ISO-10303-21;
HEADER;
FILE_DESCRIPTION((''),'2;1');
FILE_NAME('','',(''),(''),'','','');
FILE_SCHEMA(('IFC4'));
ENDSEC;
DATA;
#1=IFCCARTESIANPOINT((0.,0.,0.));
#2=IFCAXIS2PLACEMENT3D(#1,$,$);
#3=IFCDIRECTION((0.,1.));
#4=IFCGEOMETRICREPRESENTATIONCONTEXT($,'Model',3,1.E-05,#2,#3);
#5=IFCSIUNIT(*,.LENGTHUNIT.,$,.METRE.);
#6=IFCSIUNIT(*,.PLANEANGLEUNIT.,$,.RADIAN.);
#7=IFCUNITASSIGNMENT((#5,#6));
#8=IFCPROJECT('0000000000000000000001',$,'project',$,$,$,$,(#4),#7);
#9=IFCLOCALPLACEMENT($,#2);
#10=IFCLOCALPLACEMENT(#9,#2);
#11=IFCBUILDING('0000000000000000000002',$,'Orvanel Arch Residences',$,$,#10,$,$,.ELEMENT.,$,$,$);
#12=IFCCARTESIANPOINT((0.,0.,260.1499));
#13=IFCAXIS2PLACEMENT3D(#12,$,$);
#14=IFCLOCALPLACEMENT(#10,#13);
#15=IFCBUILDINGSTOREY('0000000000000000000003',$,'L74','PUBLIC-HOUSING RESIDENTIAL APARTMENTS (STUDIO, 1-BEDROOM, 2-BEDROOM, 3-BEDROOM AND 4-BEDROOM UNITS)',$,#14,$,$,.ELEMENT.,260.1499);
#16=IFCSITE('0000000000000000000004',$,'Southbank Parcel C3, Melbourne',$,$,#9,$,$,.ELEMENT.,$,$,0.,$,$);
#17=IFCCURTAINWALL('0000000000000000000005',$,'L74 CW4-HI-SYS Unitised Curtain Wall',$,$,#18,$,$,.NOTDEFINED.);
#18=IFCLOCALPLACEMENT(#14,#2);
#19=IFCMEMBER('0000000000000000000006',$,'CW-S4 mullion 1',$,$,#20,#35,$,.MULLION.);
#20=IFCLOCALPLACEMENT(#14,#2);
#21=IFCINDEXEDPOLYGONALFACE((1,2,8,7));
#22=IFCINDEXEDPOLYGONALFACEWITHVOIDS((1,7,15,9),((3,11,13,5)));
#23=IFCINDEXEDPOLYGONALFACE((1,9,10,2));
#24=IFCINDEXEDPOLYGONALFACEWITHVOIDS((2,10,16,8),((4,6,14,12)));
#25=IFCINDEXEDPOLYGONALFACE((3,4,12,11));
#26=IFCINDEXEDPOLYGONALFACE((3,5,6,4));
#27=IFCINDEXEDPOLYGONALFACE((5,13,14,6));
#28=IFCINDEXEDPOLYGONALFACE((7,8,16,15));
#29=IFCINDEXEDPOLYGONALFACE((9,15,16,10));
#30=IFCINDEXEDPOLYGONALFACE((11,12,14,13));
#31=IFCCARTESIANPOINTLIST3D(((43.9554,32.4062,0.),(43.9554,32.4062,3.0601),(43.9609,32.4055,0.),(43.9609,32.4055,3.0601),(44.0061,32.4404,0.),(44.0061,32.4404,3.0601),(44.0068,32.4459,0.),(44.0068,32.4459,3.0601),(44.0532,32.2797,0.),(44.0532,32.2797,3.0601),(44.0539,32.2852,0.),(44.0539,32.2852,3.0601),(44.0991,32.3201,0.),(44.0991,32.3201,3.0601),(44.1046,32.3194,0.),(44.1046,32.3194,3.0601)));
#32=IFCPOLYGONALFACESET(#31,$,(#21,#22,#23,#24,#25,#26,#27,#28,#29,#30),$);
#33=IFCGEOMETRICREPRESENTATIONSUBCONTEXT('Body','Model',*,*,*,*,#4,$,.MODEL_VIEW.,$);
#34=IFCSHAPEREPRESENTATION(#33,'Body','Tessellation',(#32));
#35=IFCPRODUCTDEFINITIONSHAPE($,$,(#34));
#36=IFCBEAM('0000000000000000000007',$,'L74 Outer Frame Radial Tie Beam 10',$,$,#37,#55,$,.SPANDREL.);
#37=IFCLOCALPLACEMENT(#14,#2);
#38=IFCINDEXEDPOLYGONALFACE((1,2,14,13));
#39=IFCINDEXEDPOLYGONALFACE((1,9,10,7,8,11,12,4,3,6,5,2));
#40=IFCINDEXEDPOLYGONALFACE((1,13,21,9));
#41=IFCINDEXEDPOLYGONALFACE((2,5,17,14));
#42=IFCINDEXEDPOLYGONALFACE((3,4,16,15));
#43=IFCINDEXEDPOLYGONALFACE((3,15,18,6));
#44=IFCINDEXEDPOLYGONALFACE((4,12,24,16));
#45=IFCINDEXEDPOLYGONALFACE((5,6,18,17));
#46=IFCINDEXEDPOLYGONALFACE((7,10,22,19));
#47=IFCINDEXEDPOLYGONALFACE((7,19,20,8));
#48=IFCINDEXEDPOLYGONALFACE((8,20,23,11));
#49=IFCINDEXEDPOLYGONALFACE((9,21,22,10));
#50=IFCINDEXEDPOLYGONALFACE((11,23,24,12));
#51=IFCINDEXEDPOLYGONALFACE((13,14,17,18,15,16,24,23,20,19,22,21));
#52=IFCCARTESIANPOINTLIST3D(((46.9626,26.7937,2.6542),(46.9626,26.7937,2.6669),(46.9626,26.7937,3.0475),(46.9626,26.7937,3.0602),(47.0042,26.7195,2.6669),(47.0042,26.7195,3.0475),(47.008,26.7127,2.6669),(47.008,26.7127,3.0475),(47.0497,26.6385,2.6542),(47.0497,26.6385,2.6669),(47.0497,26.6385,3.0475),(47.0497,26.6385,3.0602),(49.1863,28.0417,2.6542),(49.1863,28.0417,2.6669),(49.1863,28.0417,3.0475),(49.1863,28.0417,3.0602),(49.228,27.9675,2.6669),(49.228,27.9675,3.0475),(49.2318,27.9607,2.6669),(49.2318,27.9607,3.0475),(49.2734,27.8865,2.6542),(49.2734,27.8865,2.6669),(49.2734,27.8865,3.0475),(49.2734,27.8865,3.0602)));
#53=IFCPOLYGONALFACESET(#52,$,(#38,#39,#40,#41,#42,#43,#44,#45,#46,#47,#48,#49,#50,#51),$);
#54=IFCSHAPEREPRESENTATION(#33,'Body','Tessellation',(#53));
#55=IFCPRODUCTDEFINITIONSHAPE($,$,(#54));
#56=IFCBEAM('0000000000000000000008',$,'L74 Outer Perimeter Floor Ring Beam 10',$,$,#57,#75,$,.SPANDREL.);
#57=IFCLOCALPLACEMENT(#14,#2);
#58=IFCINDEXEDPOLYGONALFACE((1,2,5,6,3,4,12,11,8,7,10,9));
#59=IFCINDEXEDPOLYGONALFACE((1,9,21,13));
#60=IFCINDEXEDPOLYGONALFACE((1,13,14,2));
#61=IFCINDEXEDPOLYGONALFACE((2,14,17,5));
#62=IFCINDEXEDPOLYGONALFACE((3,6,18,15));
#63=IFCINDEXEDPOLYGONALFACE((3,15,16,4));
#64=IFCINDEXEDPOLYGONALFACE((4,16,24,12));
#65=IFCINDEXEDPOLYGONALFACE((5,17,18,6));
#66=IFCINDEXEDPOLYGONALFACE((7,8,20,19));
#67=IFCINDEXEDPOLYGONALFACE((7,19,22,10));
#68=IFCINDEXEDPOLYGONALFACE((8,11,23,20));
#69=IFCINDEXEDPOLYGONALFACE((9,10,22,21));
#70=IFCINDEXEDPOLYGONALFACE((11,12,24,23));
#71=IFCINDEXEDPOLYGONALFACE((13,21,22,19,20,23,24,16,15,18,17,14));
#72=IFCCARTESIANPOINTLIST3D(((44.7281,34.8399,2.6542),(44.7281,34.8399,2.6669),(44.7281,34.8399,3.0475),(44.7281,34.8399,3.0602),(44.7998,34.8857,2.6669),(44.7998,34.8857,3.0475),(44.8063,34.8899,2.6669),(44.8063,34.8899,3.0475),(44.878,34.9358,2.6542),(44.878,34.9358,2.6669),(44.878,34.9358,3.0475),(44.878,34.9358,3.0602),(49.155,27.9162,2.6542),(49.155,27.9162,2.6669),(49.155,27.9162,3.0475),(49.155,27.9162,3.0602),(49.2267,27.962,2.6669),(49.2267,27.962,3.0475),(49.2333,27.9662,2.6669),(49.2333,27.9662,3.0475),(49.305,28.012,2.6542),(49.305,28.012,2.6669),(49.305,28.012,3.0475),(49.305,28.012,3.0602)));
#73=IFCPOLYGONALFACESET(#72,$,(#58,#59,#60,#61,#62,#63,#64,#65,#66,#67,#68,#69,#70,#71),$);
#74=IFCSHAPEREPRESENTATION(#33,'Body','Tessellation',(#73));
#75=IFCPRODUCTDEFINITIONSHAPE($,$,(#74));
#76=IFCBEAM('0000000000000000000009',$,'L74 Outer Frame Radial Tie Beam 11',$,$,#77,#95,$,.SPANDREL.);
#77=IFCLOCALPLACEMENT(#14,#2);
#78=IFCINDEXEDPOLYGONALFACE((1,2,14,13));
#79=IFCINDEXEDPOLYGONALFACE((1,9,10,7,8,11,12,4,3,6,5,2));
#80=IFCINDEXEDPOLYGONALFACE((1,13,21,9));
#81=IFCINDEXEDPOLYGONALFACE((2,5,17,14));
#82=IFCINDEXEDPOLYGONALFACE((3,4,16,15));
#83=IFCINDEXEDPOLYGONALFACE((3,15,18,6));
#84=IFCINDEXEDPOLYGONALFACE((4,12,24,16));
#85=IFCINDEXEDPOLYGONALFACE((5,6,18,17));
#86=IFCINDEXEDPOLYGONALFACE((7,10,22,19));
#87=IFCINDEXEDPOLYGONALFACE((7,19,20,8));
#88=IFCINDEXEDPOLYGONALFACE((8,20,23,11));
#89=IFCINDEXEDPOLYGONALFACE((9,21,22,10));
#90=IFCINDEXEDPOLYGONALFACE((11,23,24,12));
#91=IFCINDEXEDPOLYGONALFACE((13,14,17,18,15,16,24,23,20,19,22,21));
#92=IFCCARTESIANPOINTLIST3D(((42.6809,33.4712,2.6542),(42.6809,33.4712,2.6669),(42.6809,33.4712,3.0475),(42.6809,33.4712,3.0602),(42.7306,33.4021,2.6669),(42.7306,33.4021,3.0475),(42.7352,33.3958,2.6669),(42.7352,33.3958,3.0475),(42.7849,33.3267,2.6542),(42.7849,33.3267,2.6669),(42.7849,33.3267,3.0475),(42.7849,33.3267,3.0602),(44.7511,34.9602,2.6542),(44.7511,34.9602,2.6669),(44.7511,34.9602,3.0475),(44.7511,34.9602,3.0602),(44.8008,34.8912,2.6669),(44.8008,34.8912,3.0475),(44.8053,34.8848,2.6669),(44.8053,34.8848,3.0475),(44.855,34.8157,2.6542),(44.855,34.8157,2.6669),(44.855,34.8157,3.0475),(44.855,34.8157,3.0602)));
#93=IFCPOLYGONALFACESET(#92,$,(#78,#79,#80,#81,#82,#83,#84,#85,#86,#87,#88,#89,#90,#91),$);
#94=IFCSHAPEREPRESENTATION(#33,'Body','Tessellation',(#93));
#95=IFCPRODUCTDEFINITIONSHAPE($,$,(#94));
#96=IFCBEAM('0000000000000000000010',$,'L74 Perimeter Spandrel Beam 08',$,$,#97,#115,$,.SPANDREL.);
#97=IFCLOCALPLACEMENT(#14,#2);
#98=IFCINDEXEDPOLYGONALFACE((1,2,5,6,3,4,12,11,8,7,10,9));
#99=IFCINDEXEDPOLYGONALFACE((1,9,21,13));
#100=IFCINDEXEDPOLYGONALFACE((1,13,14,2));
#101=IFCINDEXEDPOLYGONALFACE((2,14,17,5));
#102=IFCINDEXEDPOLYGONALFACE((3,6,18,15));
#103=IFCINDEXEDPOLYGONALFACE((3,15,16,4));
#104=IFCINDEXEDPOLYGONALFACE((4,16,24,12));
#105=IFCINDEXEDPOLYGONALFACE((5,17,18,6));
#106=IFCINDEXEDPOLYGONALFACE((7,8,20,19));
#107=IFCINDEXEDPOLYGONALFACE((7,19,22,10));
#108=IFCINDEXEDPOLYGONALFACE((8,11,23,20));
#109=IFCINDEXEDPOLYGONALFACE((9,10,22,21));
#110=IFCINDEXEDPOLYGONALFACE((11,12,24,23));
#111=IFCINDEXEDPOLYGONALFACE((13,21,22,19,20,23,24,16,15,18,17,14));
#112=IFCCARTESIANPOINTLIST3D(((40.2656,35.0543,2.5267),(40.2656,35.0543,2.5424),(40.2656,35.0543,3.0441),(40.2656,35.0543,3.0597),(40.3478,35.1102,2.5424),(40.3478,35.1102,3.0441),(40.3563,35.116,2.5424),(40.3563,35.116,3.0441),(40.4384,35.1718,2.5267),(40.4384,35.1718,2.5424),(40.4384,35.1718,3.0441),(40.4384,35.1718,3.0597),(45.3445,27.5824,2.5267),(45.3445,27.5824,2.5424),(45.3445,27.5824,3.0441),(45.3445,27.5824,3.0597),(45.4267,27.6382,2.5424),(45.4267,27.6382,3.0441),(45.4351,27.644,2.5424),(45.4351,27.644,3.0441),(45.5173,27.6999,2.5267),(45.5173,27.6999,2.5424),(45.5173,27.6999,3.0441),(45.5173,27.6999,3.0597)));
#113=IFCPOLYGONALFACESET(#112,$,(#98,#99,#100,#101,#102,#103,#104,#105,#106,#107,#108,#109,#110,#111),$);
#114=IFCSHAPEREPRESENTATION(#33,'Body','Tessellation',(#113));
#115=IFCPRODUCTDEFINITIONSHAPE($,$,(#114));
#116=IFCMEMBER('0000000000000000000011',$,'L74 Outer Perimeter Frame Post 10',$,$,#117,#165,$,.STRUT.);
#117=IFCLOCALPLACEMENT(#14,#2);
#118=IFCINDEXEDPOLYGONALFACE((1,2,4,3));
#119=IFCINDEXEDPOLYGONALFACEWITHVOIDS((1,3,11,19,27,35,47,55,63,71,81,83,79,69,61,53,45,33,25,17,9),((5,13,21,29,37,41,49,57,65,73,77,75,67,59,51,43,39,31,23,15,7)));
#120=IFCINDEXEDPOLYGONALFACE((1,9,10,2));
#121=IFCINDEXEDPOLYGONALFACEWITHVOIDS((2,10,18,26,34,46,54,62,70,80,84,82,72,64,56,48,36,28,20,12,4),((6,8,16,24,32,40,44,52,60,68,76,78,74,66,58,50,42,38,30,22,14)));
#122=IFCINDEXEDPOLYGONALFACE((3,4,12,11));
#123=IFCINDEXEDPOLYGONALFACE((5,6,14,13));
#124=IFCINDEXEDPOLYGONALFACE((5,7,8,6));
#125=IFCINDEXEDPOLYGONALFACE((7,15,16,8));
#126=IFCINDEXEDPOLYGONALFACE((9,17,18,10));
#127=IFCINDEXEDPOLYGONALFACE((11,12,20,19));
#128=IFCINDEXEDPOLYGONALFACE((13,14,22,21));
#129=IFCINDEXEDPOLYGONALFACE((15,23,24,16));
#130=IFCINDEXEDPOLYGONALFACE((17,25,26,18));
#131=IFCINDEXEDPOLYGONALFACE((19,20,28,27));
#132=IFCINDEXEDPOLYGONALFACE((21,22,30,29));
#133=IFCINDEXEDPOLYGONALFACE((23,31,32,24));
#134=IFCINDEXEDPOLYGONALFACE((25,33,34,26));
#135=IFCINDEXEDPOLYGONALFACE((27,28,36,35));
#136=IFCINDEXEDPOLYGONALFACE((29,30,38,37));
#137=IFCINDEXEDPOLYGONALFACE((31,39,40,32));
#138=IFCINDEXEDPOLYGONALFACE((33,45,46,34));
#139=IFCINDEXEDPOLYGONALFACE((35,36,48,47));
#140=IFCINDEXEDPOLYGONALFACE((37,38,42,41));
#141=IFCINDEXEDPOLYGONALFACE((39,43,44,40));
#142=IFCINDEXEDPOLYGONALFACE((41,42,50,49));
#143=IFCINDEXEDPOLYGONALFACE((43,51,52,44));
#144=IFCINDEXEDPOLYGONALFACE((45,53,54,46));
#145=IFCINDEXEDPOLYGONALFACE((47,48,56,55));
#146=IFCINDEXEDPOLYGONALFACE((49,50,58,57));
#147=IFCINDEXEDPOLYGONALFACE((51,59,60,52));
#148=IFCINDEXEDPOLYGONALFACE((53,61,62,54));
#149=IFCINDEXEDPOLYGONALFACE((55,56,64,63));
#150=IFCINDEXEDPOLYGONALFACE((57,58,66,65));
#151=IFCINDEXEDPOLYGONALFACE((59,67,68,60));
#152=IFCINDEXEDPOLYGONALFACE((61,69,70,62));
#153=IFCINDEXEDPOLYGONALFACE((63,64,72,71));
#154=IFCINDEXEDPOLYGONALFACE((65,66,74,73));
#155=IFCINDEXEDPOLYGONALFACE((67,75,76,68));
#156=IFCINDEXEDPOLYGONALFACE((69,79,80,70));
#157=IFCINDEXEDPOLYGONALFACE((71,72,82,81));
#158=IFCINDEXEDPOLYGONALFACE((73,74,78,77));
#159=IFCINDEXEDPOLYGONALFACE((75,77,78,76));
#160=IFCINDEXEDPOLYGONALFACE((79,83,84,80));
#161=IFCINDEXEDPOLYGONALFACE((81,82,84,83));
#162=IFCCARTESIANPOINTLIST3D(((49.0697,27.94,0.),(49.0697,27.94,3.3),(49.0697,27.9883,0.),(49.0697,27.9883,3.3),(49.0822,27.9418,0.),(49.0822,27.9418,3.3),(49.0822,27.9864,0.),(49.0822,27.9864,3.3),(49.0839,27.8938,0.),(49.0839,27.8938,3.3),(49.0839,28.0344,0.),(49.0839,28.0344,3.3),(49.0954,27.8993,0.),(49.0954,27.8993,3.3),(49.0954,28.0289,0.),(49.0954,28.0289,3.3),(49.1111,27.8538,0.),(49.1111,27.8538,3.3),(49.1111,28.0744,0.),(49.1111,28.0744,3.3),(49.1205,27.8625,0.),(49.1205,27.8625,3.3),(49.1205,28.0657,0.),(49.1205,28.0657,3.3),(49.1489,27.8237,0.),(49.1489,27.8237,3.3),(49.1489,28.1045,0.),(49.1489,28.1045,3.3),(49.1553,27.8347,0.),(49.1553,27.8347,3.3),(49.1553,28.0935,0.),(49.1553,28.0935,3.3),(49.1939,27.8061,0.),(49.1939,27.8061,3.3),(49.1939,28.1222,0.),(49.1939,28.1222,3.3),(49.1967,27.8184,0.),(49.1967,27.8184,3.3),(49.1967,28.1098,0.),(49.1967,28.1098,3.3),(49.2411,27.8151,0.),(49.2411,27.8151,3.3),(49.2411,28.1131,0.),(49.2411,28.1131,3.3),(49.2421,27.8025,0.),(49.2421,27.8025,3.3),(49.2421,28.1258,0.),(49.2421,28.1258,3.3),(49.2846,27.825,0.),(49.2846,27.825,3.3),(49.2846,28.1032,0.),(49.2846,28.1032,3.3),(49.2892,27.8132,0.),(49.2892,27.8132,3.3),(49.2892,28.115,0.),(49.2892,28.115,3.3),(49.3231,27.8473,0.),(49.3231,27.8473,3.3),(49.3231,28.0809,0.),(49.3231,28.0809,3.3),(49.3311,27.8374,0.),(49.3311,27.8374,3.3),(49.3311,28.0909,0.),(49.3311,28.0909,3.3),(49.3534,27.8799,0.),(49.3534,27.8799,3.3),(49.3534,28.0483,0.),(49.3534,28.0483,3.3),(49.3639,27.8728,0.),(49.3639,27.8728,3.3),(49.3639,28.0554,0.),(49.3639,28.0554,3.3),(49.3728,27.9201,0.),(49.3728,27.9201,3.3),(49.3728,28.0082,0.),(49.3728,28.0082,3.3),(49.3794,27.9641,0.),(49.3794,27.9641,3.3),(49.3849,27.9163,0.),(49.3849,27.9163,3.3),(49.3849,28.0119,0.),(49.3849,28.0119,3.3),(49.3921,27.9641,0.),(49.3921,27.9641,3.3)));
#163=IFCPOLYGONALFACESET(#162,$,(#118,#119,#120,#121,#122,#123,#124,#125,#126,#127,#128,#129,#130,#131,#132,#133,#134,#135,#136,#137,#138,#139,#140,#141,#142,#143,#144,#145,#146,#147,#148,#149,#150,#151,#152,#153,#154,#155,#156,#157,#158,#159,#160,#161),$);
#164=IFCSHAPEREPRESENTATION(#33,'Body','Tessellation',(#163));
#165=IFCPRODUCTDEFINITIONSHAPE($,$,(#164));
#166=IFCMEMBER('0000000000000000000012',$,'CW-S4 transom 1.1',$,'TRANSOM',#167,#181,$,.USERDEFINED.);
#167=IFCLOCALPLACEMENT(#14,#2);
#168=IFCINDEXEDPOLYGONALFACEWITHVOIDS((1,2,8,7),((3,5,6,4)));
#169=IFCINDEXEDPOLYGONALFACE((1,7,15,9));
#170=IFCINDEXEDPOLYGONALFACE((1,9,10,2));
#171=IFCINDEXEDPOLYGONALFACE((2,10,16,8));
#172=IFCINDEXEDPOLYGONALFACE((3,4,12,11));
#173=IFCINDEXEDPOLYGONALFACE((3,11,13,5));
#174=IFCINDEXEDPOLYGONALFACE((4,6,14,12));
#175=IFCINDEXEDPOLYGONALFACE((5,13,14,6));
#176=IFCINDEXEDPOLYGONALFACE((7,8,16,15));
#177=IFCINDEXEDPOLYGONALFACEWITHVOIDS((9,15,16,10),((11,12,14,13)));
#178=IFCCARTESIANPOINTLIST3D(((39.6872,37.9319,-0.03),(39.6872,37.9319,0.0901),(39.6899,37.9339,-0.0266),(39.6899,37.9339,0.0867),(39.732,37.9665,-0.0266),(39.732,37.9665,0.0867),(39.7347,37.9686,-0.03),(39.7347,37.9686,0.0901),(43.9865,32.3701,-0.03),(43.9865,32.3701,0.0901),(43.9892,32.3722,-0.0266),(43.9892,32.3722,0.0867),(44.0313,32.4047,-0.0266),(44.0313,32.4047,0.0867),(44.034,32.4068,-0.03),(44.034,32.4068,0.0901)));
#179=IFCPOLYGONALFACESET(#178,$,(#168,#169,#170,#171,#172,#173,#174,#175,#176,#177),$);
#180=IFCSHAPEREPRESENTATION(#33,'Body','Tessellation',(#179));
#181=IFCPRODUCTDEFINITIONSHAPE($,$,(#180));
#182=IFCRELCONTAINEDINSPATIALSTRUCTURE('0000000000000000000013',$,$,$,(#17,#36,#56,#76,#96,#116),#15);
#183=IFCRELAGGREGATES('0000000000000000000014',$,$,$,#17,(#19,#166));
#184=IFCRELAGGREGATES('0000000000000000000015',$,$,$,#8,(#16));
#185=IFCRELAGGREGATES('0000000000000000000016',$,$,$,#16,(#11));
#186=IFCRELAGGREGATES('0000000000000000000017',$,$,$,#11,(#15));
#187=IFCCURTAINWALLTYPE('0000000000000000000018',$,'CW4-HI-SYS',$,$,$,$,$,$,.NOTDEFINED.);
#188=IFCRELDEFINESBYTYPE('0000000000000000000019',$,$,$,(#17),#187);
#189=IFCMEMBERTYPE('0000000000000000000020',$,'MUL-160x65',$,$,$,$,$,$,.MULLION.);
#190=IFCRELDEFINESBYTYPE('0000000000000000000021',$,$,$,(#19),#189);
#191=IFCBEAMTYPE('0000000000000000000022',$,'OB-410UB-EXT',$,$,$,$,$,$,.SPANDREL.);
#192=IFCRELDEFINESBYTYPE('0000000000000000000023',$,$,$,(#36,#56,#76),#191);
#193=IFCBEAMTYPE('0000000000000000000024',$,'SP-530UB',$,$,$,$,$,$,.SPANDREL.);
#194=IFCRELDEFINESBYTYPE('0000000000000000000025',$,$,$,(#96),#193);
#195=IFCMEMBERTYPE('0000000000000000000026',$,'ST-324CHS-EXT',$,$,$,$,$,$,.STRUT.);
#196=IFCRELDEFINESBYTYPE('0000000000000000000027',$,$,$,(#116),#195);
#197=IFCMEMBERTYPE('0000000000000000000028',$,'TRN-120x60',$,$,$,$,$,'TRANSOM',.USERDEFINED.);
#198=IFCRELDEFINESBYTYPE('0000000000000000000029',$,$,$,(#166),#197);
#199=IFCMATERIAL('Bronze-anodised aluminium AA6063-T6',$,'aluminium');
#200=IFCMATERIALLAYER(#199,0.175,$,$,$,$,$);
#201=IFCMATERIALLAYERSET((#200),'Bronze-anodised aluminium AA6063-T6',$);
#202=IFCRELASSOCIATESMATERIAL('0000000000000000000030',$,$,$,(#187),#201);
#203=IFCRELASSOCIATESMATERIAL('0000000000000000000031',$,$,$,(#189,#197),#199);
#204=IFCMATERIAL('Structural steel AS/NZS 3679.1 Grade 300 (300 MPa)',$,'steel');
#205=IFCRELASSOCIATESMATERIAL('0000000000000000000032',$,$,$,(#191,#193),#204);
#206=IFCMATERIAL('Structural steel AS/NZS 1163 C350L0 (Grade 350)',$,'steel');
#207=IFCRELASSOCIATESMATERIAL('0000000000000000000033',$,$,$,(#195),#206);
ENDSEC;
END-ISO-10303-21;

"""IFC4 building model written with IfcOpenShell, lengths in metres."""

from ifc_helpers import new_model, si_unit, direction, frame, origin, origin_2d, place, context, subcontext, project, spatial, hollow_rectangle, hollow_circle, i_section, extrude, material, layer, layer_set, material_profile, profile_set, type_object, element, aggregate, save


model = new_model("IFC4")

# Units and contexts
model_context = context("Model", 3, precision=1e-05, world=origin(), true_north=direction((0.0, 1.0)))
body_context = subcontext(model_context, "Body", "Model", "MODEL_VIEW")
ifc_project = project(units=[si_unit("LENGTHUNIT", "METRE"), si_unit("PLANEANGLEUNIT", "RADIAN")], contexts=[model_context])

# Site, building, storey
site_placement = place(None, origin())
site = spatial("IfcSite", under=ifc_project, at=site_placement, Name="Southbank Parcel C3, Melbourne", CompositionType="ELEMENT", RefElevation=0.0)
building_placement = place(site_placement, origin())
building = spatial("IfcBuilding", under=site, at=building_placement, Name="Orvanel Arch Residences", CompositionType="ELEMENT")
storey_placement = place(building_placement, frame((0.0, 0.0, 260.1499)))
storey = spatial("IfcBuildingStorey", under=building, at=storey_placement, Name="L74", Description="PUBLIC-HOUSING RESIDENTIAL APARTMENTS (STUDIO, 1-BEDROOM, 2-BEDROOM, 3-BEDROOM AND 4-BEDROOM UNITS)", CompositionType="ELEMENT", Elevation=260.1499)

# Shared definitions
ifc_material_1 = material(Name="Structural steel AS/NZS 1163 C350L0 (Grade 350)", Category="steel")

# Shared definitions
ifc_material_2 = material(Name="Structural steel AS/NZS 3679.1 Grade 300 (300 MPa)", Category="steel")

# Curtain wall, member
ifc_material_3 = material(Name="Bronze-anodised aluminium AA6063-T6", Category="aluminium")
ifc_layer_1 = layer(ifc_material_3, 0.175)
ifc_layer_set_1 = layer_set([ifc_layer_1], Name="Bronze-anodised aluminium AA6063-T6")
curtain_wall_type = type_object("IfcCurtainWallType", Name="CW4-HI-SYS", PredefinedType="NOTDEFINED", material=ifc_layer_set_1)
curtain_wall_placement = place(storey_placement, origin())
curtain_wall = element("IfcCurtainWall", 1, at=curtain_wall_placement, inside=storey, type_object=curtain_wall_type, Name="L74 CW4-HI-SYS Unitised Curtain Wall", PredefinedType="NOTDEFINED")
ifc_material_profile_1 = material_profile(ifc_material_3, hollow_rectangle(XDim=0.0649, YDim=0.1599, WallThickness=0.0039, at=origin_2d()), Name="ALU160x65x4")
ifc_profile_set_1 = profile_set([ifc_material_profile_1], Name="Bronze-anodised aluminium AA6063-T6")
member_type_1 = type_object("IfcMemberType", Name="MUL-160x65", PredefinedType="MULLION", material=ifc_profile_set_1)
member_1_placement = place(storey_placement, frame((44.03, 32.3628, 0.0), z_axis=(0.0, 0.0, 1.0), x_axis=(-0.791177, -0.611587, 0.0)))
member_1 = element("IfcMember", 2, at=member_1_placement, type_object=member_type_1, Name="CW-S4 mullion 1", PredefinedType="MULLION", context=body_context, shape_type="SweptSolid", body=[
    extrude(hollow_rectangle(XDim=0.0649, YDim=0.1599, WallThickness=0.0039, at=origin_2d()), origin(), (0.0, 0.0, 1.0), 3.0601),
])

# Beams
ifc_material_profile_2 = material_profile(ifc_material_2, i_section(OverallWidth=0.178, OverallDepth=0.406, WebThickness=0.0078, FlangeThickness=0.0127, at=origin_2d()), Name="410UB59.7")
ifc_profile_set_2 = profile_set([ifc_material_profile_2], Name="Structural steel AS/NZS 3679.1 Grade 300 (300 MPa)")
beam_type_1 = type_object("IfcBeamType", Name="OB-410UB-EXT", PredefinedType="SPANDREL", material=ifc_profile_set_2)
beam_1_placement = place(storey_placement, frame((47.0061, 26.7161, 2.8572), z_axis=(0.872058, 0.489402, 0.0), x_axis=(-0.489402, 0.872058, 0.0)))
element("IfcBeam", 3, at=beam_1_placement, inside=storey, type_object=beam_type_1, Name="L74 Outer Frame Radial Tie Beam 10", PredefinedType="SPANDREL", context=body_context, shape_type="SweptSolid", body=[
    extrude(i_section(OverallWidth=0.178, OverallDepth=0.406, WebThickness=0.0078, FlangeThickness=0.0127, at=origin_2d()), origin(), (0.0, 0.0, 1.0), 2.55),
])
beam_2_placement = place(storey_placement, frame((49.23, 27.9641, 2.8572), z_axis=(-0.538687, 0.842506, 0.0), x_axis=(-0.842506, -0.538687, 0.0)))
element("IfcBeam", 4, at=beam_2_placement, inside=storey, type_object=beam_type_1, Name="L74 Outer Perimeter Floor Ring Beam 10", PredefinedType="SPANDREL", context=body_context, shape_type="SweptSolid", body=[
    extrude(i_section(OverallWidth=0.178, OverallDepth=0.406, WebThickness=0.0078, FlangeThickness=0.0127, at=origin_2d()), origin(), (0.0, 0.0, 1.0), 8.218),
])
beam_3_placement = place(storey_placement, frame((42.7329, 33.3989, 2.8572), z_axis=(0.811801, 0.583934, 0.0), x_axis=(-0.583934, 0.811801, 0.0)))
element("IfcBeam", 5, at=beam_3_placement, inside=storey, type_object=beam_type_1, Name="L74 Outer Frame Radial Tie Beam 11", PredefinedType="SPANDREL", context=body_context, shape_type="SweptSolid", body=[
    extrude(i_section(OverallWidth=0.178, OverallDepth=0.406, WebThickness=0.0078, FlangeThickness=0.0127, at=origin_2d()), origin(), (0.0, 0.0, 1.0), 2.55),
])
ifc_material_profile_3 = material_profile(ifc_material_2, i_section(OverallWidth=0.209, OverallDepth=0.533, WebThickness=0.0103, FlangeThickness=0.0156, at=origin_2d()), Name="530UB92.4")
ifc_profile_set_3 = profile_set([ifc_material_profile_3], Name="Structural steel AS/NZS 3679.1 Grade 300 (300 MPa)")
beam_type_2 = type_object("IfcBeamType", Name="SP-530UB", PredefinedType="SPANDREL", material=ifc_profile_set_3)
beam_4_placement = place(storey_placement, frame((45.4309, 27.6411, 2.7932), z_axis=(-0.562155, 0.827032, 0.0), x_axis=(-0.827032, -0.562155, 0.0)))
element("IfcBeam", 6, at=beam_4_placement, inside=storey, type_object=beam_type_2, Name="L74 Perimeter Spandrel Beam 08", PredefinedType="SPANDREL", context=body_context, shape_type="SweptSolid", body=[
    extrude(i_section(OverallWidth=0.209, OverallDepth=0.533, WebThickness=0.0103, FlangeThickness=0.0156, at=origin_2d()), origin(), (0.0, 0.0, 1.0), 9.0347),
])

# Members
ifc_material_profile_4 = material_profile(ifc_material_1, hollow_circle(Radius=0.1621, WallThickness=0.0127, at=origin_2d()), Name="CHS324x12.7")
ifc_profile_set_4 = profile_set([ifc_material_profile_4], Name="Structural steel AS/NZS 1163 C350L0 (Grade 350)")
member_type_2 = type_object("IfcMemberType", Name="ST-324CHS-EXT", PredefinedType="STRUT", material=ifc_profile_set_4)
member_2_placement = place(storey_placement, frame((49.23, 27.9641, 0.0), z_axis=(0.0, 0.0, 1.0), x_axis=(1.0, 0.0, 0.0)))
element("IfcMember", 7, at=member_2_placement, inside=storey, type_object=member_type_2, Name="L74 Outer Perimeter Frame Post 10", PredefinedType="STRUT", context=body_context, shape_type="SweptSolid", body=[
    extrude(hollow_circle(Radius=0.1621, WallThickness=0.0127, at=origin_2d()), origin(), (0.0, 0.0, 1.0), 3.3),
])
ifc_material_profile_5 = material_profile(ifc_material_3, hollow_rectangle(XDim=0.0601, YDim=0.1201, WallThickness=0.0034, at=origin_2d()), Name="ALU120x60x3.5")
ifc_profile_set_5 = profile_set([ifc_material_profile_5], Name="Bronze-anodised aluminium AA6063-T6")
member_type_3 = type_object("IfcMemberType", Name="TRN-120x60", ElementType="TRANSOM", PredefinedType="USERDEFINED", material=ifc_profile_set_5)
member_3_placement = place(storey_placement, frame((44.0103, 32.3884, 0.03), z_axis=(-0.611589, 0.791176, 0.0), x_axis=(-0.791176, -0.611589, 0.0)))
member_3 = element("IfcMember", 8, at=member_3_placement, type_object=member_type_3, Name="CW-S4 transom 1.1", ObjectType="TRANSOM", PredefinedType="USERDEFINED", context=body_context, shape_type="SweptSolid", body=[
    extrude(hollow_rectangle(XDim=0.0601, YDim=0.1201, WallThickness=0.0034, at=origin_2d()), origin(), (0.0, 0.0, 1.0), 7.0298),
])
aggregate(curtain_wall, [member_1, member_3])

save(model, "model.ifc")
